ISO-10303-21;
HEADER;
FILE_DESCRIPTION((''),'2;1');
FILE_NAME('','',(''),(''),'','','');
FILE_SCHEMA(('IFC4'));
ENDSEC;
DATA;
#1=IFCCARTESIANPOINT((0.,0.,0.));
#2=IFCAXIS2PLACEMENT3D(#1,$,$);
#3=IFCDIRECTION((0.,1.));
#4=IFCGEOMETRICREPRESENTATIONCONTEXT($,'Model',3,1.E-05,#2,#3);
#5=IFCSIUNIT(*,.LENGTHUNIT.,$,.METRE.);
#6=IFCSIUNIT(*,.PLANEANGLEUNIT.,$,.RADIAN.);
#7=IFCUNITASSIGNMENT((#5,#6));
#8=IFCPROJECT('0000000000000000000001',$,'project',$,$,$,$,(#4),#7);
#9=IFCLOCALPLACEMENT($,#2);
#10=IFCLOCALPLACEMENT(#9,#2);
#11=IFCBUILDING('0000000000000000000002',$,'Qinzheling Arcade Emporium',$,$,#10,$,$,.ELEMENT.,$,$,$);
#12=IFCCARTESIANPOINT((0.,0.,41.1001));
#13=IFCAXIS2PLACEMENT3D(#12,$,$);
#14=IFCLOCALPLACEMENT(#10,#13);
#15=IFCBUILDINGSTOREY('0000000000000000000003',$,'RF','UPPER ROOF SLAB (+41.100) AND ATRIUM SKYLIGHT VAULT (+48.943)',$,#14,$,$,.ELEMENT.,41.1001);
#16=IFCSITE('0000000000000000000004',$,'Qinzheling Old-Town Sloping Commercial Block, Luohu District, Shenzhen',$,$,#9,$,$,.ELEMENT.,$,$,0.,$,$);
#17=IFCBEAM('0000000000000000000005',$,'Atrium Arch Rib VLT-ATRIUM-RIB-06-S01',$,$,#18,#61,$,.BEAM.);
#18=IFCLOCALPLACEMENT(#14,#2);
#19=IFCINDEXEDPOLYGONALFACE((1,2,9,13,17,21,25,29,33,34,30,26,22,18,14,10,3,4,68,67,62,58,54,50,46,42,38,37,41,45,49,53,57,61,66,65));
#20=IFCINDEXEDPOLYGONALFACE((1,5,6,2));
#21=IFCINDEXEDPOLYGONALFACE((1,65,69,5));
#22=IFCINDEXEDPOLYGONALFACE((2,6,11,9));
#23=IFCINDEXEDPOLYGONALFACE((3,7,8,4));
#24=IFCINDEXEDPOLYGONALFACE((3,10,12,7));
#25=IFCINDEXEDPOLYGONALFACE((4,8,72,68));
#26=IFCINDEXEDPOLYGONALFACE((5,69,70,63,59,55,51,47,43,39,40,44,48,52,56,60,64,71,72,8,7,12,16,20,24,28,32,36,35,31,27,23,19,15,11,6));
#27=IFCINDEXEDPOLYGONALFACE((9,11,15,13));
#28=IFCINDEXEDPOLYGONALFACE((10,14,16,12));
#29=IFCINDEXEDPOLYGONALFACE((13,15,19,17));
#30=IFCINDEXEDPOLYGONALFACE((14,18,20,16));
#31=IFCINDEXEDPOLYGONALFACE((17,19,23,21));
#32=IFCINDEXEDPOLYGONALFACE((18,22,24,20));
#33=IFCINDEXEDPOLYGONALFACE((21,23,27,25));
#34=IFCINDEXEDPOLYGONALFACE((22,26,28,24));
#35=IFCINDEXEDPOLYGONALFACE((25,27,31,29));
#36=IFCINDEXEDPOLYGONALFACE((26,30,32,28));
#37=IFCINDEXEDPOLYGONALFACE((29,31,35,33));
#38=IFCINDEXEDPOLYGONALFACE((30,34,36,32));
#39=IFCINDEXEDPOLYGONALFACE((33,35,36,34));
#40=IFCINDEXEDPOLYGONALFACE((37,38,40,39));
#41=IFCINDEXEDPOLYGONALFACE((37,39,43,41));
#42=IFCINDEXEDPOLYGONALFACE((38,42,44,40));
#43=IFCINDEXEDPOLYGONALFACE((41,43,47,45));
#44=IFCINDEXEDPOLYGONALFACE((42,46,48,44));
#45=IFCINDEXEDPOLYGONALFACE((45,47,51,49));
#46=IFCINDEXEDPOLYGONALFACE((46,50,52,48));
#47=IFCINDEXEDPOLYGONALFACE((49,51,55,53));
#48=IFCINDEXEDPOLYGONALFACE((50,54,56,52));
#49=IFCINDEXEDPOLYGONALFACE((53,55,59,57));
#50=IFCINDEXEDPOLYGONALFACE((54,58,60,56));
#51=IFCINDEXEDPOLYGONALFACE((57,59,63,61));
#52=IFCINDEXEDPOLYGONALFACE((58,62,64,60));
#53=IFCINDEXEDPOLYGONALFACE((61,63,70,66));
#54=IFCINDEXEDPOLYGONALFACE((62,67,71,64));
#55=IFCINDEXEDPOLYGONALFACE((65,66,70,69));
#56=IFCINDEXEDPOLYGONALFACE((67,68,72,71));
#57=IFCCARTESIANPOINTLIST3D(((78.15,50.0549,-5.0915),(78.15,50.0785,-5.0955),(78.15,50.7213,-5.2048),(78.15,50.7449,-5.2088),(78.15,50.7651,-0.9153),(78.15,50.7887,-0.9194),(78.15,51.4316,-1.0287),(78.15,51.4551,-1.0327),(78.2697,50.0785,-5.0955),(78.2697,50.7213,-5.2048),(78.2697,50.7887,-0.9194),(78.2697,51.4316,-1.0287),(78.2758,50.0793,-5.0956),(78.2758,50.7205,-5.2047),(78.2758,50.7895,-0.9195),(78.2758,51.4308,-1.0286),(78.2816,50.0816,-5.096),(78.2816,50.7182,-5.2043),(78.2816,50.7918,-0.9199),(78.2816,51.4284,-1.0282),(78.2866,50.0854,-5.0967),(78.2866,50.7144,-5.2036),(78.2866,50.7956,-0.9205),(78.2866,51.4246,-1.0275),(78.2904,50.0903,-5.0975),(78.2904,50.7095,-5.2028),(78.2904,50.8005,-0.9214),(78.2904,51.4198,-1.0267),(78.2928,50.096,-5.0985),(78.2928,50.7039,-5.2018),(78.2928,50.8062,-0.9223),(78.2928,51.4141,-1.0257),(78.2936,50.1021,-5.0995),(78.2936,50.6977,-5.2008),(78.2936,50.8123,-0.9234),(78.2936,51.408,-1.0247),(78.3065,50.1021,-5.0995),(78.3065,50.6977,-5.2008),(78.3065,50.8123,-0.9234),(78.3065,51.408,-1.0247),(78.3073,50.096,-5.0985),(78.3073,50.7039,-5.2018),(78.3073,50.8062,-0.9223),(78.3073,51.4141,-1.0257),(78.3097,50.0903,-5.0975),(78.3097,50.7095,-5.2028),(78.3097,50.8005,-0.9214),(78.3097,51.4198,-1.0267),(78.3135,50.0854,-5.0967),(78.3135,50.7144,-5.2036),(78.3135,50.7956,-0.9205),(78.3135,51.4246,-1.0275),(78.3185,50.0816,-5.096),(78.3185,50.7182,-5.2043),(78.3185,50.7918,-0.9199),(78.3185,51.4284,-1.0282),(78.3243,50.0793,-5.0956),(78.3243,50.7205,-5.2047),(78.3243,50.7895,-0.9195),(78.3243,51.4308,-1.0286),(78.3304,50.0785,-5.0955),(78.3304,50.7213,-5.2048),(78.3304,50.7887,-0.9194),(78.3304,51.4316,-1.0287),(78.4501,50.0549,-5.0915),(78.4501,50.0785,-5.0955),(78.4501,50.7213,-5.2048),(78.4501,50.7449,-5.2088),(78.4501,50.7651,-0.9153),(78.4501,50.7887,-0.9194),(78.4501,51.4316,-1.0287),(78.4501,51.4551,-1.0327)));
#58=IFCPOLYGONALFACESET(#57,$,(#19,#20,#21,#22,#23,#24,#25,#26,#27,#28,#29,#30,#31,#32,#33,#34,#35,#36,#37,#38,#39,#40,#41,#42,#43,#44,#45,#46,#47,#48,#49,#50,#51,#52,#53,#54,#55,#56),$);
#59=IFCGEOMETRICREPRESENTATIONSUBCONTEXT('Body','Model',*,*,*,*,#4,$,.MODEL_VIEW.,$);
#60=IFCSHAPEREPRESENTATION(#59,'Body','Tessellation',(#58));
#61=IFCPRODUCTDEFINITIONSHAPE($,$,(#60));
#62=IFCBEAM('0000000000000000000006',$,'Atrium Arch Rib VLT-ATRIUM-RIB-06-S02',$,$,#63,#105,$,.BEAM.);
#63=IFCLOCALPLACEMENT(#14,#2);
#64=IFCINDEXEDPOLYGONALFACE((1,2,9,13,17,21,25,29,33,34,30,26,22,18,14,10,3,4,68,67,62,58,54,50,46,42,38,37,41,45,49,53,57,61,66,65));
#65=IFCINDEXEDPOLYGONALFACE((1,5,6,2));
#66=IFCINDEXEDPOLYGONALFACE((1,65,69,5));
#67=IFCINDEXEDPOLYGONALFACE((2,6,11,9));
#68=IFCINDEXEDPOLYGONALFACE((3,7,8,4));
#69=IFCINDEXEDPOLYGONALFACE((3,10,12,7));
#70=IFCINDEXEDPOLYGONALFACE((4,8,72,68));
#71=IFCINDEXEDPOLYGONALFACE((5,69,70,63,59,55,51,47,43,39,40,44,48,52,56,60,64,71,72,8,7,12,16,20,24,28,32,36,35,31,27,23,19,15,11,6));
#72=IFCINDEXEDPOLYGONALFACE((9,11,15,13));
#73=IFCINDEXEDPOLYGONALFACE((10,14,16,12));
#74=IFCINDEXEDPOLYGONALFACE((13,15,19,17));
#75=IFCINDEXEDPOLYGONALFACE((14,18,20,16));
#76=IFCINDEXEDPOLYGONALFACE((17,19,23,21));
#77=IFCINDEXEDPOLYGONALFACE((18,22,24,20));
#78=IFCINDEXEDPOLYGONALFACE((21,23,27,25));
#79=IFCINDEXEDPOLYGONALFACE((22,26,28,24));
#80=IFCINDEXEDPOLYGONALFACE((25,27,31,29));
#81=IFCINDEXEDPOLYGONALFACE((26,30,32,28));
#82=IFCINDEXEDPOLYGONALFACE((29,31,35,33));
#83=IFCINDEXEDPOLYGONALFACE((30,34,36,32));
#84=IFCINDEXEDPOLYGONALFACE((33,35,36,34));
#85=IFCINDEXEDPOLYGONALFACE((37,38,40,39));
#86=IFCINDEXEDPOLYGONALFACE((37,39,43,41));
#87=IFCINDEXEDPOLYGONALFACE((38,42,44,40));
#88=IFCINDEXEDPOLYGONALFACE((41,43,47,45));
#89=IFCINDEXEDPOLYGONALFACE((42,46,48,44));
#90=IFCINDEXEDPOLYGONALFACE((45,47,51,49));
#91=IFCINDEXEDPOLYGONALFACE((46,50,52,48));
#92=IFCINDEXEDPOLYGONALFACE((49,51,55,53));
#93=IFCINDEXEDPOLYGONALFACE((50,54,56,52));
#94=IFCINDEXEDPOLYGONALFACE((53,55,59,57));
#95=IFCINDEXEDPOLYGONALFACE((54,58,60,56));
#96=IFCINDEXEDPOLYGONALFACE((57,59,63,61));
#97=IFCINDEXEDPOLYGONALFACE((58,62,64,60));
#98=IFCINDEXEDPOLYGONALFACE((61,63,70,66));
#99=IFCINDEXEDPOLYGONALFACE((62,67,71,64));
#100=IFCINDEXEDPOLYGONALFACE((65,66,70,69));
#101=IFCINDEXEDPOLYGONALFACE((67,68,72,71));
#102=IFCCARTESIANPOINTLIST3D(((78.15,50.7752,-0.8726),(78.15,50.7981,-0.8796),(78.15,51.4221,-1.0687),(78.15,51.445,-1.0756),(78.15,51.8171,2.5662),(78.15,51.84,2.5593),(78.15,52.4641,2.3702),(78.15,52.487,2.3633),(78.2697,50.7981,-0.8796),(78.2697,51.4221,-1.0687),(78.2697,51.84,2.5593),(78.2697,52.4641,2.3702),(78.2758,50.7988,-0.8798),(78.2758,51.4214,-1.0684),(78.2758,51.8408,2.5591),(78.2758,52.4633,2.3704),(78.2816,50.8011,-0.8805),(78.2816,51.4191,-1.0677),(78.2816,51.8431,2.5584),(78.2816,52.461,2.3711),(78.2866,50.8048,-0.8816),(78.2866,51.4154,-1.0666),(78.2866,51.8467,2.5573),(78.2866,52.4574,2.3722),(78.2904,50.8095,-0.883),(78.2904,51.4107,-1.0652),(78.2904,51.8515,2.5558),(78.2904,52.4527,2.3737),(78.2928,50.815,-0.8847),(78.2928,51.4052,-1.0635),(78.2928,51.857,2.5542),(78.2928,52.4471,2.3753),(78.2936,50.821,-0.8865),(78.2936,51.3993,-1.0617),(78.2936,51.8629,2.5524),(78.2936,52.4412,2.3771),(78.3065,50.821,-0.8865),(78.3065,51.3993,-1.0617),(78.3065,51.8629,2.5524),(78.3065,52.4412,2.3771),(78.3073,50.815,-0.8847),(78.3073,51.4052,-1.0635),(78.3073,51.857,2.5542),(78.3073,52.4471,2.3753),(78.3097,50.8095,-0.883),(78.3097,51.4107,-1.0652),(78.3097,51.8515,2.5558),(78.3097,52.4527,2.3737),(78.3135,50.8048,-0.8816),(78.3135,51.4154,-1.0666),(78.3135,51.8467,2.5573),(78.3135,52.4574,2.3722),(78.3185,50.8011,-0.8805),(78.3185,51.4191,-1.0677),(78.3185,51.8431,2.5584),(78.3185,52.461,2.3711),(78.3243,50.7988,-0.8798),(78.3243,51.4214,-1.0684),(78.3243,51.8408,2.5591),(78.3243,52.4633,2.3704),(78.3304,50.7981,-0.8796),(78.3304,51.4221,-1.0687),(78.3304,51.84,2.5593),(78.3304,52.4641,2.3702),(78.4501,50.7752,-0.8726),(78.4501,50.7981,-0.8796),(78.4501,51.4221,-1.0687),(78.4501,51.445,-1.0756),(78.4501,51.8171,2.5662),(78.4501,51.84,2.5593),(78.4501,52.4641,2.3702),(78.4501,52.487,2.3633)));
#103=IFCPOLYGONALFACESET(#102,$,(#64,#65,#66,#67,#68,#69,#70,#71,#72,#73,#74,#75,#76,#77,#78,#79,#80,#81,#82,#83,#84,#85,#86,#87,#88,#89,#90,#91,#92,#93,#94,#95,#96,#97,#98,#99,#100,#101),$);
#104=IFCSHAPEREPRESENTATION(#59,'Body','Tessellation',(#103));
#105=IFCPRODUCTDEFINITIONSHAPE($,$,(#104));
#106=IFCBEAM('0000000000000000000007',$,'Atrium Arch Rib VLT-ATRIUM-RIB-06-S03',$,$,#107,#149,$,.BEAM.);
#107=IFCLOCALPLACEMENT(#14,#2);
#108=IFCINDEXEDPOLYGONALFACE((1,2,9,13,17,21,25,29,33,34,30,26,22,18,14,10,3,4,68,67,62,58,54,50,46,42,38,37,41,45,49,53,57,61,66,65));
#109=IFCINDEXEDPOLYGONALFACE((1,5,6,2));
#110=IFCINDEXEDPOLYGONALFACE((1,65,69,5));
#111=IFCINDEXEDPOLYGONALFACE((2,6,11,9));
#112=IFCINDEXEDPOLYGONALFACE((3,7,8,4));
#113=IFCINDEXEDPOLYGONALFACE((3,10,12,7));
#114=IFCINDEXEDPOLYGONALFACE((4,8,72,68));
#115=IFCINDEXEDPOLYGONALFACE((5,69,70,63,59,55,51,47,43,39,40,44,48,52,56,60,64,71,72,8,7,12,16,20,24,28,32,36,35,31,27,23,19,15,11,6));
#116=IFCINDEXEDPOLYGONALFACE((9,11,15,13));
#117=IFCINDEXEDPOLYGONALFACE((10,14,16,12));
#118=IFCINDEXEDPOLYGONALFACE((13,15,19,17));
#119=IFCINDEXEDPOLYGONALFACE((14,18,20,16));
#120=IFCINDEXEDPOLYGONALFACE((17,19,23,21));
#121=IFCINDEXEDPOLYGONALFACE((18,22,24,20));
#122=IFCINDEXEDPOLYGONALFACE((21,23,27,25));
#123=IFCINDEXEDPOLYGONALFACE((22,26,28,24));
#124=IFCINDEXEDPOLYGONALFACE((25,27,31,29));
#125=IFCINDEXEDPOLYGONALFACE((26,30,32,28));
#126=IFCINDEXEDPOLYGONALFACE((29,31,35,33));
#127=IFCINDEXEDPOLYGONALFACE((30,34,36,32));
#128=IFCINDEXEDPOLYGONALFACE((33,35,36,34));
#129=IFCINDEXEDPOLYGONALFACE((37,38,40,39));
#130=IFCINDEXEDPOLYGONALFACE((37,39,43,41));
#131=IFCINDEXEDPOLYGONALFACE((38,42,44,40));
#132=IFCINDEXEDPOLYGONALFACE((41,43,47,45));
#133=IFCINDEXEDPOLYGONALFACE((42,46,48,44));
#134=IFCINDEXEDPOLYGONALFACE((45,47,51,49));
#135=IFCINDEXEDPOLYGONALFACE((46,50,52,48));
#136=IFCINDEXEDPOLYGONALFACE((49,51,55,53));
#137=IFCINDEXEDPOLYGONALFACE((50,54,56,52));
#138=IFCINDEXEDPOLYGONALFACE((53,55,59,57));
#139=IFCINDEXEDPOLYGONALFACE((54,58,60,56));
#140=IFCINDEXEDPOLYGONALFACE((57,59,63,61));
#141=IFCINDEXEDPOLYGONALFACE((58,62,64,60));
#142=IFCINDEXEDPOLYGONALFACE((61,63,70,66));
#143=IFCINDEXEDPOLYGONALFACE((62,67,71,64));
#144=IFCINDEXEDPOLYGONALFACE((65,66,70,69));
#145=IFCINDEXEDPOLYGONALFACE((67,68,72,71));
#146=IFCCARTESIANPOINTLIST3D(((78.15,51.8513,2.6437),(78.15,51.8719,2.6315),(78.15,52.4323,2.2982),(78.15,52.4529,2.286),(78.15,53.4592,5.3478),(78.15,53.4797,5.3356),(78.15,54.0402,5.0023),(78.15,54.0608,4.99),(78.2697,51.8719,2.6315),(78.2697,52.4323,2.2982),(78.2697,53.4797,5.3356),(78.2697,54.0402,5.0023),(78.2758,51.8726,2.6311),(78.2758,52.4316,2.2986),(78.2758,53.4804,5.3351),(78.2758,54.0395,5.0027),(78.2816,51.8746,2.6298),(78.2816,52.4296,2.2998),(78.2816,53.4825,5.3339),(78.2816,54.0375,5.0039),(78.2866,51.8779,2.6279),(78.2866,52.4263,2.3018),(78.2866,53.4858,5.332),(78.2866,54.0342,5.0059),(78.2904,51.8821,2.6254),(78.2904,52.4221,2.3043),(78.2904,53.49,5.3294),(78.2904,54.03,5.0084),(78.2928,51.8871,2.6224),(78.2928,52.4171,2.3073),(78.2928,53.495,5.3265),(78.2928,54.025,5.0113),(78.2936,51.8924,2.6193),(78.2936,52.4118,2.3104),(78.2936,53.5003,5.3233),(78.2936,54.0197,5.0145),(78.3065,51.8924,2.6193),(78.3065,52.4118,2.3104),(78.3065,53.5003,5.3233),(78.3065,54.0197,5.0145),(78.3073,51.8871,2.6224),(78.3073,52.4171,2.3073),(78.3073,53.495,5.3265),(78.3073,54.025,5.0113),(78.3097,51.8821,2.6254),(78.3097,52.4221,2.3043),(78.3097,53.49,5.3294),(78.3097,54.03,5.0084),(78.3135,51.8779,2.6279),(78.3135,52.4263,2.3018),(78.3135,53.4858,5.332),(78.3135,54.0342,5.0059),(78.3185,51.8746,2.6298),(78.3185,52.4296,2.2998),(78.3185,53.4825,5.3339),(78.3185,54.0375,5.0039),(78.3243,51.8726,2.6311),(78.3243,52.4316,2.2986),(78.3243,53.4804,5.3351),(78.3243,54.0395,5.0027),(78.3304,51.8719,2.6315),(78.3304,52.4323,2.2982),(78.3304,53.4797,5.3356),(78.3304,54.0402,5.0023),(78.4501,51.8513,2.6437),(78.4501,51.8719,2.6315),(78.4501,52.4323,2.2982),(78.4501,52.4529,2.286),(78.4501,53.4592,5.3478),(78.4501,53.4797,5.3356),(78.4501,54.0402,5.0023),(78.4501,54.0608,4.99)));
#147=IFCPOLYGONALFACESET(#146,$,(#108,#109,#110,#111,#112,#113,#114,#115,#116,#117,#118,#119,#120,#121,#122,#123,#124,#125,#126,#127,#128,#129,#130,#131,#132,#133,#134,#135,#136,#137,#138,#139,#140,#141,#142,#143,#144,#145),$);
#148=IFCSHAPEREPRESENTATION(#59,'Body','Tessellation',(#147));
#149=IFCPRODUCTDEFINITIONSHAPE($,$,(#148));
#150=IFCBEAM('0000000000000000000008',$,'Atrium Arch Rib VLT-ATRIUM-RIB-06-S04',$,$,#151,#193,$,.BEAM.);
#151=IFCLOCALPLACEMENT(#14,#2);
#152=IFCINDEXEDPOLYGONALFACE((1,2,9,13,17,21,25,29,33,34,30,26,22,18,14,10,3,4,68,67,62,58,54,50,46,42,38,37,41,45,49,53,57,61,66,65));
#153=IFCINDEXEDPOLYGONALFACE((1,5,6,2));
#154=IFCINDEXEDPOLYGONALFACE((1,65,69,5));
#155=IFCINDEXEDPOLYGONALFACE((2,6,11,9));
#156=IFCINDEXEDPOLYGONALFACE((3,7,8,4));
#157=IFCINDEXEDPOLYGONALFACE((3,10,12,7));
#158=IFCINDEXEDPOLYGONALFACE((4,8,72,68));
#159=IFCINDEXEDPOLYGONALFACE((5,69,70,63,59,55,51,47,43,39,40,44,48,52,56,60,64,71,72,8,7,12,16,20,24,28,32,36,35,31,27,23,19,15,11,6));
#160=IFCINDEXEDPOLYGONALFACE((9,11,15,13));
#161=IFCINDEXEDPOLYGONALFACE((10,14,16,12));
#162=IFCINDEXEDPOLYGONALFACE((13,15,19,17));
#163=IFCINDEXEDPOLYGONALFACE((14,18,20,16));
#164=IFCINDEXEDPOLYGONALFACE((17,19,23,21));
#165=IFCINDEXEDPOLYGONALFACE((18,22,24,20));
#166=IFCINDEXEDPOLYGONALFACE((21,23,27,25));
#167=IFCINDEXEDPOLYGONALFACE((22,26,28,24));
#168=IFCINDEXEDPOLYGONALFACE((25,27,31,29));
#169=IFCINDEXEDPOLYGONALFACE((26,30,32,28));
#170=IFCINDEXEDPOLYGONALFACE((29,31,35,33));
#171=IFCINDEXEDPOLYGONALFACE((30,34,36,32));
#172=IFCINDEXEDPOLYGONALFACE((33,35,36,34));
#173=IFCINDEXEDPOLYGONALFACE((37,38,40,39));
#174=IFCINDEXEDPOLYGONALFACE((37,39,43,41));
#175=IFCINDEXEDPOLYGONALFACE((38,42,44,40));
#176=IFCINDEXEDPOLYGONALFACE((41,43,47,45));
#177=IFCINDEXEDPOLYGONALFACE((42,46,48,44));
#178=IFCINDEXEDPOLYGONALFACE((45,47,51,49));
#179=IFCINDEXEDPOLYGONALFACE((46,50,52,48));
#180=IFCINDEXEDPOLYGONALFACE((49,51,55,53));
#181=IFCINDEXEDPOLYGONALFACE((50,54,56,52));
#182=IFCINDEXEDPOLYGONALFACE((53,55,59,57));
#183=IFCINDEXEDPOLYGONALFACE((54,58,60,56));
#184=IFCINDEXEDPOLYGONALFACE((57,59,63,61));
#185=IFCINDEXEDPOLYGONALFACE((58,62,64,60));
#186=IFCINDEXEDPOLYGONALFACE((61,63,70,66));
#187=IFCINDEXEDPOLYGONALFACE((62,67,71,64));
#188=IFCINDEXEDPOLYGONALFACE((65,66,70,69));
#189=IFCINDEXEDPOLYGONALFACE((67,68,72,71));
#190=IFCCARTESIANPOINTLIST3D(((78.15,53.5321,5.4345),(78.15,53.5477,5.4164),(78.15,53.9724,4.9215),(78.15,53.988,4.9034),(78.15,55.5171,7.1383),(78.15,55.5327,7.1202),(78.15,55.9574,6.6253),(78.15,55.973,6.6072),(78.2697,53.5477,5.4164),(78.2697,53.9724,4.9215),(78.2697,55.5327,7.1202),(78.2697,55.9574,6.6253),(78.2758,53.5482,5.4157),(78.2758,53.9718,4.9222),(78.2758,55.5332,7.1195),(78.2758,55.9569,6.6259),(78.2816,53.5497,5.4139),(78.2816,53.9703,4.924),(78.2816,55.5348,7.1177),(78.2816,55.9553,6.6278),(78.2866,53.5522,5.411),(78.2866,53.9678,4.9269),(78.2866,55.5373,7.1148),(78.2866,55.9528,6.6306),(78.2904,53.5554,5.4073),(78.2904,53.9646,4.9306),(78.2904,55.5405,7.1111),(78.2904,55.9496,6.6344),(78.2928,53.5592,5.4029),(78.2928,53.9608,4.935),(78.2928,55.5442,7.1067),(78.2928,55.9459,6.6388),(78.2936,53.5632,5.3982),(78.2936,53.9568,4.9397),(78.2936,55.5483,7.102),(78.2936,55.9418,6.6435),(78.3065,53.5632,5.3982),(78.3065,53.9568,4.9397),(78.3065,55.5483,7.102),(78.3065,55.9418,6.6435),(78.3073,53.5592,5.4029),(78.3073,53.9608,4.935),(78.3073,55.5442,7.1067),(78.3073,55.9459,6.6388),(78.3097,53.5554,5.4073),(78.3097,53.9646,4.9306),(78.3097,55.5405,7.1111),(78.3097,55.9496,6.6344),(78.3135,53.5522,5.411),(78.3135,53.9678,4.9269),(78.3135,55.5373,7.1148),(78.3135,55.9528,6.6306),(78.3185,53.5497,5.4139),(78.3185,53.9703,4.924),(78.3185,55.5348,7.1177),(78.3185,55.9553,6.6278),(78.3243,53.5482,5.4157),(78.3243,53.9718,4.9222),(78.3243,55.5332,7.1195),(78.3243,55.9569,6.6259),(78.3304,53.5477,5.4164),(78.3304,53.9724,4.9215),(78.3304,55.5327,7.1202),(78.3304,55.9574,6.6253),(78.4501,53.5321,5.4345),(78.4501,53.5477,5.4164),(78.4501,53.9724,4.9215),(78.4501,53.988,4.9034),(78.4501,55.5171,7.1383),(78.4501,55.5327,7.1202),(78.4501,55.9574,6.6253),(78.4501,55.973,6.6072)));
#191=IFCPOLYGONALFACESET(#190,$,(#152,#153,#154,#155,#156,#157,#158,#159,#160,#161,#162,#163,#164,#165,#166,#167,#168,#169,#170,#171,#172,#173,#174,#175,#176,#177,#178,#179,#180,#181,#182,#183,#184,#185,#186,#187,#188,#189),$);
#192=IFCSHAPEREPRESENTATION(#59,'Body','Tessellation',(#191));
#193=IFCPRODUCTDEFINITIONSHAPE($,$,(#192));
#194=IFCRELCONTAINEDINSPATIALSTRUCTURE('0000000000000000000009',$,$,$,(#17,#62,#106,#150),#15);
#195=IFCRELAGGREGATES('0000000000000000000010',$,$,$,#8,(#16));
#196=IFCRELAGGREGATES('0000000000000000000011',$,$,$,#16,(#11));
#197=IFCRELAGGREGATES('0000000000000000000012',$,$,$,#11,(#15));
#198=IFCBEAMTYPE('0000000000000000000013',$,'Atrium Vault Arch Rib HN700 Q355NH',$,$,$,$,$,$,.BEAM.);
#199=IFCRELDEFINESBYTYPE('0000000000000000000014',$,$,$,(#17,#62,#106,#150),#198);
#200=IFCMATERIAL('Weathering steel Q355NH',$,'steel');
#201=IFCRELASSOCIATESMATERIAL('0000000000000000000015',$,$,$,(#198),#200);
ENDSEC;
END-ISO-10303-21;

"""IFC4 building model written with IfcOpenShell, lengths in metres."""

from ifc_helpers import new_model, si_unit, direction, frame, origin, origin_2d, place, context, subcontext, project, spatial, i_section, extrude, material, material_profile, profile_set, type_object, element, save


model = new_model("IFC4")

# Units and contexts
model_context = context("Model", 3, precision=1e-05, world=origin(), true_north=direction((0.0, 1.0)))
body_context = subcontext(model_context, "Body", "Model", "MODEL_VIEW")
ifc_project = project(units=[si_unit("LENGTHUNIT", "METRE"), si_unit("PLANEANGLEUNIT", "RADIAN")], contexts=[model_context])

# Site, building, storey
site_placement = place(None, origin())
site = spatial("IfcSite", under=ifc_project, at=site_placement, Name="Qinzheling Old-Town Sloping Commercial Block, Luohu District, Shenzhen", CompositionType="ELEMENT", RefElevation=0.0)
building_placement = place(site_placement, origin())
building = spatial("IfcBuilding", under=site, at=building_placement, Name="Qinzheling Arcade Emporium", CompositionType="ELEMENT")
storey_placement = place(building_placement, frame((0.0, 0.0, 41.1001)))
storey = spatial("IfcBuildingStorey", under=building, at=storey_placement, Name="RF", Description="UPPER ROOF SLAB (+41.100) AND ATRIUM SKYLIGHT VAULT (+48.943)", CompositionType="ELEMENT", Elevation=41.1001)

# Shared definitions
ifc_material_1 = material(Name="Weathering steel Q355NH", Category="steel")

# Beams
ifc_material_profile_1 = material_profile(ifc_material_1, i_section(OverallWidth=0.3, OverallDepth=0.7, WebThickness=0.0129, FlangeThickness=0.0239, FilletRadius=0.0239, at=origin_2d()), Name="HN 700x300x13x24", Category="steel")
ifc_profile_set_1 = profile_set([ifc_material_profile_1], Name="Weathering steel Q355NH")
beam_type_1 = type_object("IfcBeamType", Name="Atrium Vault Arch Rib HN700 Q355NH", PredefinedType="BEAM", material=ifc_profile_set_1)
beam_1_placement = place(storey_placement, frame((78.3, 50.3999, -5.1501), z_axis=(0.0, 0.16766, 0.985845), x_axis=(-1.0, 0.0, 0.0)))
element("IfcBeam", 1, at=beam_1_placement, inside=storey, type_object=beam_type_1, Name="Atrium Arch Rib VLT-ATRIUM-RIB-06-S01", PredefinedType="BEAM", context=body_context, shape_type="SweptSolid", body=[
    extrude(i_section(OverallWidth=0.3, OverallDepth=0.7, WebThickness=0.0129, FlangeThickness=0.0239, FilletRadius=0.0239, at=origin_2d()), origin(), (0.0, 0.0, 1.0), 4.2361),
])
beam_2_placement = place(storey_placement, frame((78.3, 51.1101, -0.9741), z_axis=(0.0, 0.289977, 0.957034), x_axis=(-1.0, 0.0, 0.0)))
element("IfcBeam", 2, at=beam_2_placement, inside=storey, type_object=beam_type_1, Name="Atrium Arch Rib VLT-ATRIUM-RIB-06-S02", PredefinedType="BEAM", context=body_context, shape_type="SweptSolid", body=[
    extrude(i_section(OverallWidth=0.3, OverallDepth=0.7, WebThickness=0.0129, FlangeThickness=0.0239, FilletRadius=0.0239, at=origin_2d()), origin(), (0.0, 0.0, 1.0), 3.5933),
])
beam_3_placement = place(storey_placement, frame((78.3, 52.1521, 2.4648), z_axis=(0.0, 0.511091, 0.859527), x_axis=(-1.0, 0.0, 0.0)))
element("IfcBeam", 3, at=beam_3_placement, inside=storey, type_object=beam_type_1, Name="Atrium Arch Rib VLT-ATRIUM-RIB-06-S03", PredefinedType="BEAM", context=body_context, shape_type="SweptSolid", body=[
    extrude(i_section(OverallWidth=0.3, OverallDepth=0.7, WebThickness=0.0129, FlangeThickness=0.0239, FilletRadius=0.0239, at=origin_2d()), origin(), (0.0, 0.0, 1.0), 3.146),
])
beam_4_placement = place(storey_placement, frame((78.3, 53.76, 5.1689), z_axis=(0.0, 0.758815, 0.651306), x_axis=(-1.0, 0.0, 0.0)))
element("IfcBeam", 4, at=beam_4_placement, inside=storey, type_object=beam_type_1, Name="Atrium Arch Rib VLT-ATRIUM-RIB-06-S04", PredefinedType="BEAM", context=body_context, shape_type="SweptSolid", body=[
    extrude(i_section(OverallWidth=0.3, OverallDepth=0.7, WebThickness=0.0129, FlangeThickness=0.0239, FilletRadius=0.0239, at=origin_2d()), origin(), (0.0, 0.0, 1.0), 2.616),
])

save(model, "model.ifc")
